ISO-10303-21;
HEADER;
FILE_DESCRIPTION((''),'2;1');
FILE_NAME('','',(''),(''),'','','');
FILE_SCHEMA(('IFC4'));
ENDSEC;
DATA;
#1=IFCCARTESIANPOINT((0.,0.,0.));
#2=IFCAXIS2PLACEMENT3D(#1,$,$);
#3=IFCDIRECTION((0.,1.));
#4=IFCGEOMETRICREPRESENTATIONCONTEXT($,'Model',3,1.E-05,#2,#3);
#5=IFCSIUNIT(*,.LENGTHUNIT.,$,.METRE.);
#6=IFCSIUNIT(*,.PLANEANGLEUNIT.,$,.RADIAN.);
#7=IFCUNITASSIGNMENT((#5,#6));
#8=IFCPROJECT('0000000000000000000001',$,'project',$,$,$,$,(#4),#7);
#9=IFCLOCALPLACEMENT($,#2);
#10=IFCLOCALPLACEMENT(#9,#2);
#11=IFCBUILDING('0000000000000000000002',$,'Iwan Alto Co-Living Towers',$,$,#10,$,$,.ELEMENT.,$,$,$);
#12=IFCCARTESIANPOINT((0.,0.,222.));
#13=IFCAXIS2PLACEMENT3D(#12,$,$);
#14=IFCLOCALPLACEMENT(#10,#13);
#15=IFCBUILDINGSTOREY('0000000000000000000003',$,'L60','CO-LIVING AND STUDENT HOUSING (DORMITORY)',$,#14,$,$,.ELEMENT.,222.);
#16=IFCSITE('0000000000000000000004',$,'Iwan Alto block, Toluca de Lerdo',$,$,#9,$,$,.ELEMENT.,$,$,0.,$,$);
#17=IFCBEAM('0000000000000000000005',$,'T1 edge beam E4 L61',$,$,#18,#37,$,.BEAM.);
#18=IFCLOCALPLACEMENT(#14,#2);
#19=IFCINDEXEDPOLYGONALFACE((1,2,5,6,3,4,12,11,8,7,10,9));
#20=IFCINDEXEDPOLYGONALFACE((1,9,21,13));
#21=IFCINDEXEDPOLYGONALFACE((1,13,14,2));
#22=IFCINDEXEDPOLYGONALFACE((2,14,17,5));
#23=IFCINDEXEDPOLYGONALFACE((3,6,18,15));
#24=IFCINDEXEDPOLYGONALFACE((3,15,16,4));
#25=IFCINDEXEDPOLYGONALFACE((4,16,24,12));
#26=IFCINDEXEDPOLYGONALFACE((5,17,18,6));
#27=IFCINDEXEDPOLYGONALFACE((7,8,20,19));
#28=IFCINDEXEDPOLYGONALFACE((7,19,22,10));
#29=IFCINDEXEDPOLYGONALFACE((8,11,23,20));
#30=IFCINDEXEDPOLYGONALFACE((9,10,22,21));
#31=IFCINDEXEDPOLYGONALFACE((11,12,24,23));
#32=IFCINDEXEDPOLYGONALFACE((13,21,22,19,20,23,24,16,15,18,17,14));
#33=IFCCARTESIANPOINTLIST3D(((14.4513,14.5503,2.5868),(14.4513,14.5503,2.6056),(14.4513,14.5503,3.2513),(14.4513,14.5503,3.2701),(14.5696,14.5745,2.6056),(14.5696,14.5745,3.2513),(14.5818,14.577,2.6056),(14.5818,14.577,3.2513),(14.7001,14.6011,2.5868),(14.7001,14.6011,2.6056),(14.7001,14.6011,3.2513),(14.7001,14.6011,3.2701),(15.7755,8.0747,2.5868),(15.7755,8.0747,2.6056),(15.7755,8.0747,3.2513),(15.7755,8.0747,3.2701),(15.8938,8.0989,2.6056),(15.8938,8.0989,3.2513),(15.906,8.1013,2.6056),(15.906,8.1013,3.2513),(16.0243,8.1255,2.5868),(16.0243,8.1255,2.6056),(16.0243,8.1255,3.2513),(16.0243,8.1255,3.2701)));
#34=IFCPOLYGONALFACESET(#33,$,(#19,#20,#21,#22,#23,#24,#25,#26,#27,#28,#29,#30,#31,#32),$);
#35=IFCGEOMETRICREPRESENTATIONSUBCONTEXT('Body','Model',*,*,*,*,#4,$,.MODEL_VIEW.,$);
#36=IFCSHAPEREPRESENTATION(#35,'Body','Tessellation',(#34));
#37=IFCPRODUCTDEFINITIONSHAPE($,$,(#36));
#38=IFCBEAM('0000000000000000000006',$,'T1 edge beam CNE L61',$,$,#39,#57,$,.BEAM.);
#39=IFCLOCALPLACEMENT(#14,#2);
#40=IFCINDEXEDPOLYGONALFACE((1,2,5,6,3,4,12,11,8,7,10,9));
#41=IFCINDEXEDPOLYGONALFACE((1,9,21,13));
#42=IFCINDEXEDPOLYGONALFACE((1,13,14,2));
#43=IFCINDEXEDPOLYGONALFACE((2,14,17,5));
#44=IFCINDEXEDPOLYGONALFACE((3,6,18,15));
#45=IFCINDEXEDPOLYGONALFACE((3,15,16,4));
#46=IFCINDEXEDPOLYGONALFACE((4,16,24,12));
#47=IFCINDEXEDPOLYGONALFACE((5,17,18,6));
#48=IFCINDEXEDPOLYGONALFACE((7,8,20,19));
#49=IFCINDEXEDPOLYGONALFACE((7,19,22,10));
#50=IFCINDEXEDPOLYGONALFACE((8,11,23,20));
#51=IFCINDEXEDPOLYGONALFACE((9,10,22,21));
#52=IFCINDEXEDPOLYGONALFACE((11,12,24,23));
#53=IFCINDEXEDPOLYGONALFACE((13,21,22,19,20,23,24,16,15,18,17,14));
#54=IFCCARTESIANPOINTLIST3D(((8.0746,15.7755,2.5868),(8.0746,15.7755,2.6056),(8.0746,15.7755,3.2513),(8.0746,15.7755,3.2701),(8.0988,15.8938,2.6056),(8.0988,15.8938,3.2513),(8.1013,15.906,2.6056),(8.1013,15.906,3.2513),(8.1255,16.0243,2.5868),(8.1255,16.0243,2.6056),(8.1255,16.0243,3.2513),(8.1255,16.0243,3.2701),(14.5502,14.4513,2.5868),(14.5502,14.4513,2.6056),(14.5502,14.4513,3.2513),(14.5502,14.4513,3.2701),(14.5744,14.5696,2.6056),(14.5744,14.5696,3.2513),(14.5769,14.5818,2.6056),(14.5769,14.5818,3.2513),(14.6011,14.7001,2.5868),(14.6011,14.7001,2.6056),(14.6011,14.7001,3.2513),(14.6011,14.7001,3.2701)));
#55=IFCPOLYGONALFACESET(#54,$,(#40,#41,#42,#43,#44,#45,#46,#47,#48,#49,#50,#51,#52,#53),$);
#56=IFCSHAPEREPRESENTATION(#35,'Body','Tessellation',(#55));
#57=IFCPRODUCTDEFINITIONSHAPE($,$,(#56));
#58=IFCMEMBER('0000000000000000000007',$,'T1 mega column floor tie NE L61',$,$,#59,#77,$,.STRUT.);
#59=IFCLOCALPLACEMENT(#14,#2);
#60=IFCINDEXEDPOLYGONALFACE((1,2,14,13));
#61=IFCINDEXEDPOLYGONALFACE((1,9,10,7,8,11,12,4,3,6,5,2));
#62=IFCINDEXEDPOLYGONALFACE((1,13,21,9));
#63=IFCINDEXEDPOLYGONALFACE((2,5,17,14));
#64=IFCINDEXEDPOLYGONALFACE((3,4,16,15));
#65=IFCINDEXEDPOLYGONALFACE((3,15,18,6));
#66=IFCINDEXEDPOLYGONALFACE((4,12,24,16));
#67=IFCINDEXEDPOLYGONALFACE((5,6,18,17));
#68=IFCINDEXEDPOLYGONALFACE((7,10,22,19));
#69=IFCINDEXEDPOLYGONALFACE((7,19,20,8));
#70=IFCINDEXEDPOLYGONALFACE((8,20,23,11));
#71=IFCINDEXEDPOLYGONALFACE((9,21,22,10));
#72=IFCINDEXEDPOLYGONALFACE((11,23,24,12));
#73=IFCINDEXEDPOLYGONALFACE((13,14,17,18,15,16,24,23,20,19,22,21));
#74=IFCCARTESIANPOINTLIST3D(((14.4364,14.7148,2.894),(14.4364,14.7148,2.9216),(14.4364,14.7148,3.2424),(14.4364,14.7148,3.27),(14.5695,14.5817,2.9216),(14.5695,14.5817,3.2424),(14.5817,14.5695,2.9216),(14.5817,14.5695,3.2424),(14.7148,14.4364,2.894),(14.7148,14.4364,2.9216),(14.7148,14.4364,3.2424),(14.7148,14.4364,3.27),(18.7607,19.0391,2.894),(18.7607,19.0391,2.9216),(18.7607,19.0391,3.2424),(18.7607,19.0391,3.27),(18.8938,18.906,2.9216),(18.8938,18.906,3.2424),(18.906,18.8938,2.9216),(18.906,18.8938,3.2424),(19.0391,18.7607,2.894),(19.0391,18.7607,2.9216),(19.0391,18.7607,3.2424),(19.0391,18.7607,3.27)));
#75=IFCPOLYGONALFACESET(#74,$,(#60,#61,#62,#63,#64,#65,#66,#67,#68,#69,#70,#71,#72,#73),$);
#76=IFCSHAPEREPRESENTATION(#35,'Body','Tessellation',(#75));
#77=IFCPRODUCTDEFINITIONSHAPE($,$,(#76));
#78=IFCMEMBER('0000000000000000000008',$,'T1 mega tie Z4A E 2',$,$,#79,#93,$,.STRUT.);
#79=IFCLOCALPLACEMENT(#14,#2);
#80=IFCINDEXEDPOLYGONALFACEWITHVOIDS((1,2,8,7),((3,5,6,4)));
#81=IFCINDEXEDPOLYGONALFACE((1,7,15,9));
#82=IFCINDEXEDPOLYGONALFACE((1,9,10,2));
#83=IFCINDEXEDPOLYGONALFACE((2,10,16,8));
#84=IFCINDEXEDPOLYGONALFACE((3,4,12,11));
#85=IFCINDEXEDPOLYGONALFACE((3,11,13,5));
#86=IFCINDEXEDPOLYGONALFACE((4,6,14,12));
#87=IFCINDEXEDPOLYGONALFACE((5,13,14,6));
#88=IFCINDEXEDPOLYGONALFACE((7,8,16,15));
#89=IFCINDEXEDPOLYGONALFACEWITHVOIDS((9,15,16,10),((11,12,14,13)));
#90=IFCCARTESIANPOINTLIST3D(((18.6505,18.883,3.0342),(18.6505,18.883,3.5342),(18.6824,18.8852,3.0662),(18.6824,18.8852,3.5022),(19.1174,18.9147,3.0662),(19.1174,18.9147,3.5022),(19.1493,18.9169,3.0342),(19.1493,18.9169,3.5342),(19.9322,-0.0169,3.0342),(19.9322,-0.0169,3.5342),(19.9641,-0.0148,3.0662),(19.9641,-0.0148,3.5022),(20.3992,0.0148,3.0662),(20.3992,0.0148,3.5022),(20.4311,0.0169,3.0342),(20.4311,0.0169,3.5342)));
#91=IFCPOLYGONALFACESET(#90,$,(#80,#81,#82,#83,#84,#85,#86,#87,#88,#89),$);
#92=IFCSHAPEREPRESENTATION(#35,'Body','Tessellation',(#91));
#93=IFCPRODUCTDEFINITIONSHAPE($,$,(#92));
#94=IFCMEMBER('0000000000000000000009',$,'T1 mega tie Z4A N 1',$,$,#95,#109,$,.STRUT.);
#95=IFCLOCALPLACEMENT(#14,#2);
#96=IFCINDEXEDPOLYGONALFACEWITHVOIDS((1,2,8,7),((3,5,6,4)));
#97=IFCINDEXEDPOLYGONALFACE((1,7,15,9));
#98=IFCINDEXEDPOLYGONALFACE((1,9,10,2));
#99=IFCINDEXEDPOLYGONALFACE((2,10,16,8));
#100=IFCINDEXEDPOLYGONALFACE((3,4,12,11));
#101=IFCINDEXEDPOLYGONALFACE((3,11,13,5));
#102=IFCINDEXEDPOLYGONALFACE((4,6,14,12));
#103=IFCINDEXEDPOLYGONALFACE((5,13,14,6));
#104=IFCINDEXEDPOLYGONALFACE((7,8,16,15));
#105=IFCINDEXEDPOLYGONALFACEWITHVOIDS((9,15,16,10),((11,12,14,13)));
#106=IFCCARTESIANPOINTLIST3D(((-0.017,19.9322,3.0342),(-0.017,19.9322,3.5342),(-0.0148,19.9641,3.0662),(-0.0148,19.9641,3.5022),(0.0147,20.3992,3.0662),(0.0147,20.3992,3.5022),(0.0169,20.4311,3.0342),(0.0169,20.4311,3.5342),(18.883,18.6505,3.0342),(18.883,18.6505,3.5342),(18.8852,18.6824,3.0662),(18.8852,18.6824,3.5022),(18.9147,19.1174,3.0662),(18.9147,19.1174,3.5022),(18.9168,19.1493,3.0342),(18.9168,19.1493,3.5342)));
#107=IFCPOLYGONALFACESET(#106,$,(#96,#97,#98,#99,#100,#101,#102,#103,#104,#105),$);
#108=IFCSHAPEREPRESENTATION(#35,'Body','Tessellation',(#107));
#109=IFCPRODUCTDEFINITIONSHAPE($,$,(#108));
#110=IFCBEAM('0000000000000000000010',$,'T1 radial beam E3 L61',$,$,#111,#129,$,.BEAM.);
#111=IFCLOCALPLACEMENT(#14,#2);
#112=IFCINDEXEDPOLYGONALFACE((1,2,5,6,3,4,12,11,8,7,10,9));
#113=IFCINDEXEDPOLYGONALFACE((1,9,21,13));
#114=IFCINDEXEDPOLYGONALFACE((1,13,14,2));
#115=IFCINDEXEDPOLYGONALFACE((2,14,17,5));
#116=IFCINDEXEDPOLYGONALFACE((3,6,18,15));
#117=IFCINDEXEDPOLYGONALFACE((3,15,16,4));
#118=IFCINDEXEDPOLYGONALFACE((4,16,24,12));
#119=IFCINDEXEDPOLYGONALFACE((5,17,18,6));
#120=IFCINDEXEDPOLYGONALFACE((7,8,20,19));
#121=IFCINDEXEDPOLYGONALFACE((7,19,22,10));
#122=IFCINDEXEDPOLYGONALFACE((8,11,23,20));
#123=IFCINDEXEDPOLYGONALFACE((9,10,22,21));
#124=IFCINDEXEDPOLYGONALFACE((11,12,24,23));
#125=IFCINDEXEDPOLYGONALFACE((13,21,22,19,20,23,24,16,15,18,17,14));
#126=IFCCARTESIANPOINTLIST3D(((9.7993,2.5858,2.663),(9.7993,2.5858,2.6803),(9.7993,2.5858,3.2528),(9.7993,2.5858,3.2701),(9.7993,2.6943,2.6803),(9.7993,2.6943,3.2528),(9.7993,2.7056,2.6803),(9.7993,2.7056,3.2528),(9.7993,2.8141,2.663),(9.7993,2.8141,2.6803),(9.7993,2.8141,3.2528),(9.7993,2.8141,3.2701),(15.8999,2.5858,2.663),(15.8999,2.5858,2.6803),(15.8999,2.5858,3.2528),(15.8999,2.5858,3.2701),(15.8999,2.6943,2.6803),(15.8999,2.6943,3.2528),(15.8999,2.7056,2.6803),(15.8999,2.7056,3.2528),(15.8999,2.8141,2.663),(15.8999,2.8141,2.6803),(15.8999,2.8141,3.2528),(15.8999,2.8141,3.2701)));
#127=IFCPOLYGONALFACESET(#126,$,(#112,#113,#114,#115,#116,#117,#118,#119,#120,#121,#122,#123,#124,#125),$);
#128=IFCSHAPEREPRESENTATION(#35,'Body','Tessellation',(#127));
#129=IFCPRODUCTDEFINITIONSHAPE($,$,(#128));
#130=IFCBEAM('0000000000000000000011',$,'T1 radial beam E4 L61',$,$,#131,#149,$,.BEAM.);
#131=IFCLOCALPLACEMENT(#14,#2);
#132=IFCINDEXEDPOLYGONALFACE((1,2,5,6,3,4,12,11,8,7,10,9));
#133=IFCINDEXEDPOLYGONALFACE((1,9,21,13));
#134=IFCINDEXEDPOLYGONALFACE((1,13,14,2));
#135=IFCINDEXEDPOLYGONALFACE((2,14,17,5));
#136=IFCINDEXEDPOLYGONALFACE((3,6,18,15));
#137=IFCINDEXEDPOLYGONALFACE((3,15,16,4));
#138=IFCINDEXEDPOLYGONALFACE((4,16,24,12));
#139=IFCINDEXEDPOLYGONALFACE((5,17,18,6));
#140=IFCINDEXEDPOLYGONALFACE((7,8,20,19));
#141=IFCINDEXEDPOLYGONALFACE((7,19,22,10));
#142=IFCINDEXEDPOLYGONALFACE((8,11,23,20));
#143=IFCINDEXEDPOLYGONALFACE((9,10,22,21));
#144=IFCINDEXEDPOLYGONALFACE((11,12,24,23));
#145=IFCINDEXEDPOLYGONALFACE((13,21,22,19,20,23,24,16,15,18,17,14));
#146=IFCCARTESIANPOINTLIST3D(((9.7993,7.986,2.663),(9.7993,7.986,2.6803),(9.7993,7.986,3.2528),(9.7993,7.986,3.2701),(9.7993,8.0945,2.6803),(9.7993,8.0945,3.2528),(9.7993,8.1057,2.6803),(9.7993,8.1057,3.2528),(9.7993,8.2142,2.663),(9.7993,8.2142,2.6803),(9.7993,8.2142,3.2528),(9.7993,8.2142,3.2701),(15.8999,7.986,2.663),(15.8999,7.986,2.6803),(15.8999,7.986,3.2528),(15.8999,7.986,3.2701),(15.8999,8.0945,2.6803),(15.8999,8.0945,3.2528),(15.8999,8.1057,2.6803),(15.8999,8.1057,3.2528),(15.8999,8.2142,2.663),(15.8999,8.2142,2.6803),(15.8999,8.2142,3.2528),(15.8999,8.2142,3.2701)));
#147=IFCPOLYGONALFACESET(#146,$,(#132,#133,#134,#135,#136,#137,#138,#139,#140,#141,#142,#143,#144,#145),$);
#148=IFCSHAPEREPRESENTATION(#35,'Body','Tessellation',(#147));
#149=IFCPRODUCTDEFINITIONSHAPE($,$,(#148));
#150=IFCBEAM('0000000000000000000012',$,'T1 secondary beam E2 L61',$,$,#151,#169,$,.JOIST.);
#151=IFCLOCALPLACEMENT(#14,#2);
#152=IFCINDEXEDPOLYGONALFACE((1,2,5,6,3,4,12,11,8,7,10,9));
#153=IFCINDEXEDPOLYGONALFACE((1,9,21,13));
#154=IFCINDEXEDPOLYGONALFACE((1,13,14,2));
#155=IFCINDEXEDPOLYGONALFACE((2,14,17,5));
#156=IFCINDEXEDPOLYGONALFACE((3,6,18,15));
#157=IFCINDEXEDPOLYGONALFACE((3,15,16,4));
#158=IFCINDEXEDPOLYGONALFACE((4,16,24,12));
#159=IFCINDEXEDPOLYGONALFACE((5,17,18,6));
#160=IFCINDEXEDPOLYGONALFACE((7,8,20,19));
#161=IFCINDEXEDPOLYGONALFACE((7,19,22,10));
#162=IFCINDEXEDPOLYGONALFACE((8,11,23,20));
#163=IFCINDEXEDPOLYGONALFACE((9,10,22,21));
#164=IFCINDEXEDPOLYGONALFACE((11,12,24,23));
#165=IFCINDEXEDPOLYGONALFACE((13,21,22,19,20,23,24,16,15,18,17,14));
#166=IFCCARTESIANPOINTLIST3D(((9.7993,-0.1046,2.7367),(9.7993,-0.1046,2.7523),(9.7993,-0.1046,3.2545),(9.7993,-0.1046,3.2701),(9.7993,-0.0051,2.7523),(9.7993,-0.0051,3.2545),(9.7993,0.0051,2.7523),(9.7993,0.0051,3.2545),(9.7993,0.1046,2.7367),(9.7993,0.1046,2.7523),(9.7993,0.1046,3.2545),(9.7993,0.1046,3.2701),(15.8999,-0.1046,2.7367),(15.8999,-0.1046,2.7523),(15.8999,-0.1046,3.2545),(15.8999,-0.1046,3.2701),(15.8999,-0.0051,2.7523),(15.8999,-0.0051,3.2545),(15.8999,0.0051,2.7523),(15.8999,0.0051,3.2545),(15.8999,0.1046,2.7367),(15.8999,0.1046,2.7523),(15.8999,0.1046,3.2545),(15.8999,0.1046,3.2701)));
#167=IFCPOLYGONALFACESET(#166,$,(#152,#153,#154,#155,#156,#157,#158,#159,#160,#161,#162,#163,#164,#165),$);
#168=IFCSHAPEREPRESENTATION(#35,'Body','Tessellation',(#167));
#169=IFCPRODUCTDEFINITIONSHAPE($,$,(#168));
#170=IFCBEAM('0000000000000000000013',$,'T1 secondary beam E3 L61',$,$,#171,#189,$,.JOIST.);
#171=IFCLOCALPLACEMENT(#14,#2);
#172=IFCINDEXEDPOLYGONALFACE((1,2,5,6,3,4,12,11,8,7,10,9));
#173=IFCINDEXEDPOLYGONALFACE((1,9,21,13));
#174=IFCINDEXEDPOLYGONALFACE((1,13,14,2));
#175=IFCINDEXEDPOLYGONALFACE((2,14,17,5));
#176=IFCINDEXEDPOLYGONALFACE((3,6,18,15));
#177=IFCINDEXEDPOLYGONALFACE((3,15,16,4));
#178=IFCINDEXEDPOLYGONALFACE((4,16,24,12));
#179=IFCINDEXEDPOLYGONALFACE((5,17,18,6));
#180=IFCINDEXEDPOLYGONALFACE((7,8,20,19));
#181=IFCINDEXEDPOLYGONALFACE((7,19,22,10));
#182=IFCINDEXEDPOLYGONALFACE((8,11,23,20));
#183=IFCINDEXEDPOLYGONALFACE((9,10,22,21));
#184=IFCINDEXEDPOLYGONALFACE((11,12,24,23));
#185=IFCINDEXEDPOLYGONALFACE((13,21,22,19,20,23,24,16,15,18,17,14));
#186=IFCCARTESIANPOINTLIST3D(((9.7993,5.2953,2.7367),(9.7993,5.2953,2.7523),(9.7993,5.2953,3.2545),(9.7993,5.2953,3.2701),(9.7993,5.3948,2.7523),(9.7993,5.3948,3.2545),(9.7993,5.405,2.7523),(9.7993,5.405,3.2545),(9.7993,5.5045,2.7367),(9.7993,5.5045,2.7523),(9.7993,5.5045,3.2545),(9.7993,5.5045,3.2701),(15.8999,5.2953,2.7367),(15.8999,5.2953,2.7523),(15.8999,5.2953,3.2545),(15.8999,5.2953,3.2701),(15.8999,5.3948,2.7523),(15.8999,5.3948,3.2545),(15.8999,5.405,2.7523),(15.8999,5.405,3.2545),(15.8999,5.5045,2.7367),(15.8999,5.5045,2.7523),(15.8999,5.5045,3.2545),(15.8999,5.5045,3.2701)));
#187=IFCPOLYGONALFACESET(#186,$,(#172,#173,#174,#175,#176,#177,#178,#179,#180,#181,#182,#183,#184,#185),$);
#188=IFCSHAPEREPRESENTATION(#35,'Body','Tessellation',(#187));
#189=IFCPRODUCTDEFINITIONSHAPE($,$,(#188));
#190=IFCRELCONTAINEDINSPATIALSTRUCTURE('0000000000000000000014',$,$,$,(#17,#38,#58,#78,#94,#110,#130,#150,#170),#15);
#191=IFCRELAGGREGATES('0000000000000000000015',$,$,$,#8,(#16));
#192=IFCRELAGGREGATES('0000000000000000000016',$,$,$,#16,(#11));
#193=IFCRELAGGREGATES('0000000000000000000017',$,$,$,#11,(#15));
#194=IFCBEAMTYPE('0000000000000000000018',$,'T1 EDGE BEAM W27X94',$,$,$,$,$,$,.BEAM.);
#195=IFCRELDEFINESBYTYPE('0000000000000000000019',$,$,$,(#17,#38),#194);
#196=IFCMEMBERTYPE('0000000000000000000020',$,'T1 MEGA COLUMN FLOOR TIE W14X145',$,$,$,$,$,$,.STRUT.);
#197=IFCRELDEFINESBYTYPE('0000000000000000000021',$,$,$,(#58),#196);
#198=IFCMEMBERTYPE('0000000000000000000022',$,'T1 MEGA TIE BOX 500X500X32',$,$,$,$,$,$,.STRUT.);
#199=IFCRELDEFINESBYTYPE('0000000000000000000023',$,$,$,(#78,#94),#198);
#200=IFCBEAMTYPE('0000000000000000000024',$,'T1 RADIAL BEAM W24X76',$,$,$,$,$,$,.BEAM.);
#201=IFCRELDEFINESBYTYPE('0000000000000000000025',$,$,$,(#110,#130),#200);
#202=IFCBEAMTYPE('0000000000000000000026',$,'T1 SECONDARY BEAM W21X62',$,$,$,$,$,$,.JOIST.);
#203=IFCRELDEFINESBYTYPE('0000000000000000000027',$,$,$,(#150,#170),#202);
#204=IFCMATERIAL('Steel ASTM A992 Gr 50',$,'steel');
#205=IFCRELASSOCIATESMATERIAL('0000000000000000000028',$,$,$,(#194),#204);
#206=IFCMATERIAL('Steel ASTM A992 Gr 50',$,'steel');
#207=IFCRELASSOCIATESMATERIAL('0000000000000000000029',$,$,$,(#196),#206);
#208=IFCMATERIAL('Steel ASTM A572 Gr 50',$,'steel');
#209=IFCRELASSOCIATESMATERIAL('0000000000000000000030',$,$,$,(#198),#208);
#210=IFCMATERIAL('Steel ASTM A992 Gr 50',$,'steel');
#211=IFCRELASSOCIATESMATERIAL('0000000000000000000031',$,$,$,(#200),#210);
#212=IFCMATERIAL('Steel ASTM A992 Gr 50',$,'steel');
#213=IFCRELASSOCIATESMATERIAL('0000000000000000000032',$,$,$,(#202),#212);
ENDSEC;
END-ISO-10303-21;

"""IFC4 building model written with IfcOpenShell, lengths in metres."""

from ifc_helpers import new_model, si_unit, direction, frame, origin, origin_2d, place, context, subcontext, project, spatial, hollow_rectangle, i_section, extrude, material, material_profile, profile_set, type_object, element, save


model = new_model("IFC4")

# Units and contexts
model_context = context("Model", 3, precision=1e-05, world=origin(), true_north=direction((0.0, 1.0)))
body_context = subcontext(model_context, "Body", "Model", "MODEL_VIEW")
ifc_project = project(units=[si_unit("LENGTHUNIT", "METRE"), si_unit("PLANEANGLEUNIT", "RADIAN")], contexts=[model_context])

# Site, building, storey
site_placement = place(None, origin())
site = spatial("IfcSite", under=ifc_project, at=site_placement, Name="Iwan Alto block, Toluca de Lerdo", CompositionType="ELEMENT", RefElevation=0.0)
building_placement = place(site_placement, origin())
building = spatial("IfcBuilding", under=site, at=building_placement, Name="Iwan Alto Co-Living Towers", CompositionType="ELEMENT")
storey_placement = place(building_placement, frame((0.0, 0.0, 222.0)))
storey = spatial("IfcBuildingStorey", under=building, at=storey_placement, Name="L60", Description="CO-LIVING AND STUDENT HOUSING (DORMITORY)", CompositionType="ELEMENT", Elevation=222.0)

# Beams
ifc_material_1 = material(Name="Steel ASTM A992 Gr 50", Category="steel")
ifc_material_profile_1 = material_profile(ifc_material_1, i_section(OverallWidth=0.2539, OverallDepth=0.6833, WebThickness=0.0125, FlangeThickness=0.0188, at=origin_2d()), Name="W27X94")
ifc_profile_set_1 = profile_set([ifc_material_profile_1], Name="Steel ASTM A992 Gr 50")
beam_type_1 = type_object("IfcBeamType", Name="T1 EDGE BEAM W27X94", PredefinedType="BEAM", material=ifc_profile_set_1)
for number, where, z_axis, x_axis, name in (
    (1, (15.8999, 8.1001, 2.9285), (-0.200348, 0.979725, 0.0), (-0.979725, -0.200348, 0.0), "T1 edge beam E4 L61"),
    (2, (14.5757, 14.5757, 2.9285), (-0.979725, 0.200348, 0.0), (-0.200348, -0.979725, 0.0), "T1 edge beam CNE L61"),
):
    element("IfcBeam", number, at=place(storey_placement, frame(where, z_axis=z_axis, x_axis=x_axis)), inside=storey, type_object=beam_type_1, Name=name, PredefinedType="BEAM", context=body_context, shape_type="SweptSolid", body=[
        extrude(i_section(OverallWidth=0.2539, OverallDepth=0.6833, WebThickness=0.0125, FlangeThickness=0.0188, at=origin_2d()), origin(), (0.0, 0.0, 1.0), 6.6096),
    ])

# Members
ifc_material_2 = material(Name="Steel ASTM A992 Gr 50", Category="steel")
ifc_material_profile_2 = material_profile(ifc_material_2, i_section(OverallWidth=0.3938, OverallDepth=0.376, WebThickness=0.0173, FlangeThickness=0.0276, at=origin_2d()), Name="W14X145")
ifc_profile_set_2 = profile_set([ifc_material_profile_2], Name="Steel ASTM A992 Gr 50")
member_type_1 = type_object("IfcMemberType", Name="T1 MEGA COLUMN FLOOR TIE W14X145", PredefinedType="STRUT", material=ifc_profile_set_2)
member_1_placement = place(storey_placement, frame((18.8999, 18.8999, 3.082), z_axis=(-0.707107, -0.707107, 0.0), x_axis=(0.707107, -0.707107, 0.0)))
element("IfcMember", 3, at=member_1_placement, inside=storey, type_object=member_type_1, Name="T1 mega column floor tie NE L61", PredefinedType="STRUT", context=body_context, shape_type="SweptSolid", body=[
    extrude(i_section(OverallWidth=0.3938, OverallDepth=0.376, WebThickness=0.0173, FlangeThickness=0.0276, at=origin_2d()), origin(), (0.0, 0.0, 1.0), 6.1155),
])
ifc_material_3 = material(Name="Steel ASTM A572 Gr 50", Category="steel")
ifc_material_profile_3 = material_profile(ifc_material_3, hollow_rectangle(XDim=0.5, YDim=0.5, WallThickness=0.032, at=origin_2d()), Name="BOX 500X500X32")
ifc_profile_set_3 = profile_set([ifc_material_profile_3], Name="Steel ASTM A572 Gr 50")
member_type_2 = type_object("IfcMemberType", Name="T1 MEGA TIE BOX 500X500X32", PredefinedType="STRUT", material=ifc_profile_set_3)
for number, where, z_axis, x_axis, name in (
    (4, (20.1816, 0.0, 3.2842), (-0.067662, 0.997708, 0.0), (-0.997708, -0.067662, 0.0), "T1 mega tie Z4A E 2"),
    (5, (18.8999, 18.8999, 3.2842), (-0.997708, 0.067662, 0.0), (-0.067662, -0.997708, 0.0), "T1 mega tie Z4A N 1"),
):
    element("IfcMember", number, at=place(storey_placement, frame(where, z_axis=z_axis, x_axis=x_axis)), inside=storey, type_object=member_type_2, Name=name, PredefinedType="STRUT", context=body_context, shape_type="SweptSolid", body=[
        extrude(hollow_rectangle(XDim=0.5, YDim=0.5, WallThickness=0.032, at=origin_2d()), origin(), (0.0, 0.0, 1.0), 18.9434),
    ])

# Beams
ifc_material_4 = material(Name="Steel ASTM A992 Gr 50", Category="steel")
ifc_material_profile_4 = material_profile(ifc_material_4, i_section(OverallWidth=0.2283, OverallDepth=0.6072, WebThickness=0.0112, FlangeThickness=0.0173, at=origin_2d()), Name="W24X76")
ifc_profile_set_4 = profile_set([ifc_material_profile_4], Name="Steel ASTM A992 Gr 50")
beam_type_2 = type_object("IfcBeamType", Name="T1 RADIAL BEAM W24X76", PredefinedType="BEAM", material=ifc_profile_set_4)
for number, where, z_axis, x_axis, name in (
    (6, (15.8999, 2.7, 2.9666), (-1.0, 0.0, 0.0), (0.0, -1.0, 0.0), "T1 radial beam E3 L61"),
    (7, (15.8999, 8.1001, 2.9666), (-1.0, 0.0, 0.0), (0.0, -1.0, 0.0), "T1 radial beam E4 L61"),
):
    element("IfcBeam", number, at=place(storey_placement, frame(where, z_axis=z_axis, x_axis=x_axis)), inside=storey, type_object=beam_type_2, Name=name, PredefinedType="BEAM", context=body_context, shape_type="SweptSolid", body=[
        extrude(i_section(OverallWidth=0.2283, OverallDepth=0.6072, WebThickness=0.0112, FlangeThickness=0.0173, at=origin_2d()), origin(), (0.0, 0.0, 1.0), 6.1006),
    ])
ifc_material_5 = material(Name="Steel ASTM A992 Gr 50", Category="steel")
ifc_material_profile_5 = material_profile(ifc_material_5, i_section(OverallWidth=0.2092, OverallDepth=0.5334, WebThickness=0.0103, FlangeThickness=0.0156, at=origin_2d()), Name="W21X62")
ifc_profile_set_5 = profile_set([ifc_material_profile_5], Name="Steel ASTM A992 Gr 50")
beam_type_3 = type_object("IfcBeamType", Name="T1 SECONDARY BEAM W21X62", PredefinedType="JOIST", material=ifc_profile_set_5)
for number, where, z_axis, x_axis, name in (
    (8, (15.8999, 0.0, 3.0034), (-1.0, 0.0, 0.0), (0.0, -1.0, 0.0), "T1 secondary beam E2 L61"),
    (9, (15.8999, 5.3999, 3.0034), (-1.0, 0.0, 0.0), (0.0, -1.0, 0.0), "T1 secondary beam E3 L61"),
):
    element("IfcBeam", number, at=place(storey_placement, frame(where, z_axis=z_axis, x_axis=x_axis)), inside=storey, type_object=beam_type_3, Name=name, PredefinedType="JOIST", context=body_context, shape_type="SweptSolid", body=[
        extrude(i_section(OverallWidth=0.2092, OverallDepth=0.5334, WebThickness=0.0103, FlangeThickness=0.0156, at=origin_2d()), origin(), (0.0, 0.0, 1.0), 6.1006),
    ])

save(model, "model.ifc")
